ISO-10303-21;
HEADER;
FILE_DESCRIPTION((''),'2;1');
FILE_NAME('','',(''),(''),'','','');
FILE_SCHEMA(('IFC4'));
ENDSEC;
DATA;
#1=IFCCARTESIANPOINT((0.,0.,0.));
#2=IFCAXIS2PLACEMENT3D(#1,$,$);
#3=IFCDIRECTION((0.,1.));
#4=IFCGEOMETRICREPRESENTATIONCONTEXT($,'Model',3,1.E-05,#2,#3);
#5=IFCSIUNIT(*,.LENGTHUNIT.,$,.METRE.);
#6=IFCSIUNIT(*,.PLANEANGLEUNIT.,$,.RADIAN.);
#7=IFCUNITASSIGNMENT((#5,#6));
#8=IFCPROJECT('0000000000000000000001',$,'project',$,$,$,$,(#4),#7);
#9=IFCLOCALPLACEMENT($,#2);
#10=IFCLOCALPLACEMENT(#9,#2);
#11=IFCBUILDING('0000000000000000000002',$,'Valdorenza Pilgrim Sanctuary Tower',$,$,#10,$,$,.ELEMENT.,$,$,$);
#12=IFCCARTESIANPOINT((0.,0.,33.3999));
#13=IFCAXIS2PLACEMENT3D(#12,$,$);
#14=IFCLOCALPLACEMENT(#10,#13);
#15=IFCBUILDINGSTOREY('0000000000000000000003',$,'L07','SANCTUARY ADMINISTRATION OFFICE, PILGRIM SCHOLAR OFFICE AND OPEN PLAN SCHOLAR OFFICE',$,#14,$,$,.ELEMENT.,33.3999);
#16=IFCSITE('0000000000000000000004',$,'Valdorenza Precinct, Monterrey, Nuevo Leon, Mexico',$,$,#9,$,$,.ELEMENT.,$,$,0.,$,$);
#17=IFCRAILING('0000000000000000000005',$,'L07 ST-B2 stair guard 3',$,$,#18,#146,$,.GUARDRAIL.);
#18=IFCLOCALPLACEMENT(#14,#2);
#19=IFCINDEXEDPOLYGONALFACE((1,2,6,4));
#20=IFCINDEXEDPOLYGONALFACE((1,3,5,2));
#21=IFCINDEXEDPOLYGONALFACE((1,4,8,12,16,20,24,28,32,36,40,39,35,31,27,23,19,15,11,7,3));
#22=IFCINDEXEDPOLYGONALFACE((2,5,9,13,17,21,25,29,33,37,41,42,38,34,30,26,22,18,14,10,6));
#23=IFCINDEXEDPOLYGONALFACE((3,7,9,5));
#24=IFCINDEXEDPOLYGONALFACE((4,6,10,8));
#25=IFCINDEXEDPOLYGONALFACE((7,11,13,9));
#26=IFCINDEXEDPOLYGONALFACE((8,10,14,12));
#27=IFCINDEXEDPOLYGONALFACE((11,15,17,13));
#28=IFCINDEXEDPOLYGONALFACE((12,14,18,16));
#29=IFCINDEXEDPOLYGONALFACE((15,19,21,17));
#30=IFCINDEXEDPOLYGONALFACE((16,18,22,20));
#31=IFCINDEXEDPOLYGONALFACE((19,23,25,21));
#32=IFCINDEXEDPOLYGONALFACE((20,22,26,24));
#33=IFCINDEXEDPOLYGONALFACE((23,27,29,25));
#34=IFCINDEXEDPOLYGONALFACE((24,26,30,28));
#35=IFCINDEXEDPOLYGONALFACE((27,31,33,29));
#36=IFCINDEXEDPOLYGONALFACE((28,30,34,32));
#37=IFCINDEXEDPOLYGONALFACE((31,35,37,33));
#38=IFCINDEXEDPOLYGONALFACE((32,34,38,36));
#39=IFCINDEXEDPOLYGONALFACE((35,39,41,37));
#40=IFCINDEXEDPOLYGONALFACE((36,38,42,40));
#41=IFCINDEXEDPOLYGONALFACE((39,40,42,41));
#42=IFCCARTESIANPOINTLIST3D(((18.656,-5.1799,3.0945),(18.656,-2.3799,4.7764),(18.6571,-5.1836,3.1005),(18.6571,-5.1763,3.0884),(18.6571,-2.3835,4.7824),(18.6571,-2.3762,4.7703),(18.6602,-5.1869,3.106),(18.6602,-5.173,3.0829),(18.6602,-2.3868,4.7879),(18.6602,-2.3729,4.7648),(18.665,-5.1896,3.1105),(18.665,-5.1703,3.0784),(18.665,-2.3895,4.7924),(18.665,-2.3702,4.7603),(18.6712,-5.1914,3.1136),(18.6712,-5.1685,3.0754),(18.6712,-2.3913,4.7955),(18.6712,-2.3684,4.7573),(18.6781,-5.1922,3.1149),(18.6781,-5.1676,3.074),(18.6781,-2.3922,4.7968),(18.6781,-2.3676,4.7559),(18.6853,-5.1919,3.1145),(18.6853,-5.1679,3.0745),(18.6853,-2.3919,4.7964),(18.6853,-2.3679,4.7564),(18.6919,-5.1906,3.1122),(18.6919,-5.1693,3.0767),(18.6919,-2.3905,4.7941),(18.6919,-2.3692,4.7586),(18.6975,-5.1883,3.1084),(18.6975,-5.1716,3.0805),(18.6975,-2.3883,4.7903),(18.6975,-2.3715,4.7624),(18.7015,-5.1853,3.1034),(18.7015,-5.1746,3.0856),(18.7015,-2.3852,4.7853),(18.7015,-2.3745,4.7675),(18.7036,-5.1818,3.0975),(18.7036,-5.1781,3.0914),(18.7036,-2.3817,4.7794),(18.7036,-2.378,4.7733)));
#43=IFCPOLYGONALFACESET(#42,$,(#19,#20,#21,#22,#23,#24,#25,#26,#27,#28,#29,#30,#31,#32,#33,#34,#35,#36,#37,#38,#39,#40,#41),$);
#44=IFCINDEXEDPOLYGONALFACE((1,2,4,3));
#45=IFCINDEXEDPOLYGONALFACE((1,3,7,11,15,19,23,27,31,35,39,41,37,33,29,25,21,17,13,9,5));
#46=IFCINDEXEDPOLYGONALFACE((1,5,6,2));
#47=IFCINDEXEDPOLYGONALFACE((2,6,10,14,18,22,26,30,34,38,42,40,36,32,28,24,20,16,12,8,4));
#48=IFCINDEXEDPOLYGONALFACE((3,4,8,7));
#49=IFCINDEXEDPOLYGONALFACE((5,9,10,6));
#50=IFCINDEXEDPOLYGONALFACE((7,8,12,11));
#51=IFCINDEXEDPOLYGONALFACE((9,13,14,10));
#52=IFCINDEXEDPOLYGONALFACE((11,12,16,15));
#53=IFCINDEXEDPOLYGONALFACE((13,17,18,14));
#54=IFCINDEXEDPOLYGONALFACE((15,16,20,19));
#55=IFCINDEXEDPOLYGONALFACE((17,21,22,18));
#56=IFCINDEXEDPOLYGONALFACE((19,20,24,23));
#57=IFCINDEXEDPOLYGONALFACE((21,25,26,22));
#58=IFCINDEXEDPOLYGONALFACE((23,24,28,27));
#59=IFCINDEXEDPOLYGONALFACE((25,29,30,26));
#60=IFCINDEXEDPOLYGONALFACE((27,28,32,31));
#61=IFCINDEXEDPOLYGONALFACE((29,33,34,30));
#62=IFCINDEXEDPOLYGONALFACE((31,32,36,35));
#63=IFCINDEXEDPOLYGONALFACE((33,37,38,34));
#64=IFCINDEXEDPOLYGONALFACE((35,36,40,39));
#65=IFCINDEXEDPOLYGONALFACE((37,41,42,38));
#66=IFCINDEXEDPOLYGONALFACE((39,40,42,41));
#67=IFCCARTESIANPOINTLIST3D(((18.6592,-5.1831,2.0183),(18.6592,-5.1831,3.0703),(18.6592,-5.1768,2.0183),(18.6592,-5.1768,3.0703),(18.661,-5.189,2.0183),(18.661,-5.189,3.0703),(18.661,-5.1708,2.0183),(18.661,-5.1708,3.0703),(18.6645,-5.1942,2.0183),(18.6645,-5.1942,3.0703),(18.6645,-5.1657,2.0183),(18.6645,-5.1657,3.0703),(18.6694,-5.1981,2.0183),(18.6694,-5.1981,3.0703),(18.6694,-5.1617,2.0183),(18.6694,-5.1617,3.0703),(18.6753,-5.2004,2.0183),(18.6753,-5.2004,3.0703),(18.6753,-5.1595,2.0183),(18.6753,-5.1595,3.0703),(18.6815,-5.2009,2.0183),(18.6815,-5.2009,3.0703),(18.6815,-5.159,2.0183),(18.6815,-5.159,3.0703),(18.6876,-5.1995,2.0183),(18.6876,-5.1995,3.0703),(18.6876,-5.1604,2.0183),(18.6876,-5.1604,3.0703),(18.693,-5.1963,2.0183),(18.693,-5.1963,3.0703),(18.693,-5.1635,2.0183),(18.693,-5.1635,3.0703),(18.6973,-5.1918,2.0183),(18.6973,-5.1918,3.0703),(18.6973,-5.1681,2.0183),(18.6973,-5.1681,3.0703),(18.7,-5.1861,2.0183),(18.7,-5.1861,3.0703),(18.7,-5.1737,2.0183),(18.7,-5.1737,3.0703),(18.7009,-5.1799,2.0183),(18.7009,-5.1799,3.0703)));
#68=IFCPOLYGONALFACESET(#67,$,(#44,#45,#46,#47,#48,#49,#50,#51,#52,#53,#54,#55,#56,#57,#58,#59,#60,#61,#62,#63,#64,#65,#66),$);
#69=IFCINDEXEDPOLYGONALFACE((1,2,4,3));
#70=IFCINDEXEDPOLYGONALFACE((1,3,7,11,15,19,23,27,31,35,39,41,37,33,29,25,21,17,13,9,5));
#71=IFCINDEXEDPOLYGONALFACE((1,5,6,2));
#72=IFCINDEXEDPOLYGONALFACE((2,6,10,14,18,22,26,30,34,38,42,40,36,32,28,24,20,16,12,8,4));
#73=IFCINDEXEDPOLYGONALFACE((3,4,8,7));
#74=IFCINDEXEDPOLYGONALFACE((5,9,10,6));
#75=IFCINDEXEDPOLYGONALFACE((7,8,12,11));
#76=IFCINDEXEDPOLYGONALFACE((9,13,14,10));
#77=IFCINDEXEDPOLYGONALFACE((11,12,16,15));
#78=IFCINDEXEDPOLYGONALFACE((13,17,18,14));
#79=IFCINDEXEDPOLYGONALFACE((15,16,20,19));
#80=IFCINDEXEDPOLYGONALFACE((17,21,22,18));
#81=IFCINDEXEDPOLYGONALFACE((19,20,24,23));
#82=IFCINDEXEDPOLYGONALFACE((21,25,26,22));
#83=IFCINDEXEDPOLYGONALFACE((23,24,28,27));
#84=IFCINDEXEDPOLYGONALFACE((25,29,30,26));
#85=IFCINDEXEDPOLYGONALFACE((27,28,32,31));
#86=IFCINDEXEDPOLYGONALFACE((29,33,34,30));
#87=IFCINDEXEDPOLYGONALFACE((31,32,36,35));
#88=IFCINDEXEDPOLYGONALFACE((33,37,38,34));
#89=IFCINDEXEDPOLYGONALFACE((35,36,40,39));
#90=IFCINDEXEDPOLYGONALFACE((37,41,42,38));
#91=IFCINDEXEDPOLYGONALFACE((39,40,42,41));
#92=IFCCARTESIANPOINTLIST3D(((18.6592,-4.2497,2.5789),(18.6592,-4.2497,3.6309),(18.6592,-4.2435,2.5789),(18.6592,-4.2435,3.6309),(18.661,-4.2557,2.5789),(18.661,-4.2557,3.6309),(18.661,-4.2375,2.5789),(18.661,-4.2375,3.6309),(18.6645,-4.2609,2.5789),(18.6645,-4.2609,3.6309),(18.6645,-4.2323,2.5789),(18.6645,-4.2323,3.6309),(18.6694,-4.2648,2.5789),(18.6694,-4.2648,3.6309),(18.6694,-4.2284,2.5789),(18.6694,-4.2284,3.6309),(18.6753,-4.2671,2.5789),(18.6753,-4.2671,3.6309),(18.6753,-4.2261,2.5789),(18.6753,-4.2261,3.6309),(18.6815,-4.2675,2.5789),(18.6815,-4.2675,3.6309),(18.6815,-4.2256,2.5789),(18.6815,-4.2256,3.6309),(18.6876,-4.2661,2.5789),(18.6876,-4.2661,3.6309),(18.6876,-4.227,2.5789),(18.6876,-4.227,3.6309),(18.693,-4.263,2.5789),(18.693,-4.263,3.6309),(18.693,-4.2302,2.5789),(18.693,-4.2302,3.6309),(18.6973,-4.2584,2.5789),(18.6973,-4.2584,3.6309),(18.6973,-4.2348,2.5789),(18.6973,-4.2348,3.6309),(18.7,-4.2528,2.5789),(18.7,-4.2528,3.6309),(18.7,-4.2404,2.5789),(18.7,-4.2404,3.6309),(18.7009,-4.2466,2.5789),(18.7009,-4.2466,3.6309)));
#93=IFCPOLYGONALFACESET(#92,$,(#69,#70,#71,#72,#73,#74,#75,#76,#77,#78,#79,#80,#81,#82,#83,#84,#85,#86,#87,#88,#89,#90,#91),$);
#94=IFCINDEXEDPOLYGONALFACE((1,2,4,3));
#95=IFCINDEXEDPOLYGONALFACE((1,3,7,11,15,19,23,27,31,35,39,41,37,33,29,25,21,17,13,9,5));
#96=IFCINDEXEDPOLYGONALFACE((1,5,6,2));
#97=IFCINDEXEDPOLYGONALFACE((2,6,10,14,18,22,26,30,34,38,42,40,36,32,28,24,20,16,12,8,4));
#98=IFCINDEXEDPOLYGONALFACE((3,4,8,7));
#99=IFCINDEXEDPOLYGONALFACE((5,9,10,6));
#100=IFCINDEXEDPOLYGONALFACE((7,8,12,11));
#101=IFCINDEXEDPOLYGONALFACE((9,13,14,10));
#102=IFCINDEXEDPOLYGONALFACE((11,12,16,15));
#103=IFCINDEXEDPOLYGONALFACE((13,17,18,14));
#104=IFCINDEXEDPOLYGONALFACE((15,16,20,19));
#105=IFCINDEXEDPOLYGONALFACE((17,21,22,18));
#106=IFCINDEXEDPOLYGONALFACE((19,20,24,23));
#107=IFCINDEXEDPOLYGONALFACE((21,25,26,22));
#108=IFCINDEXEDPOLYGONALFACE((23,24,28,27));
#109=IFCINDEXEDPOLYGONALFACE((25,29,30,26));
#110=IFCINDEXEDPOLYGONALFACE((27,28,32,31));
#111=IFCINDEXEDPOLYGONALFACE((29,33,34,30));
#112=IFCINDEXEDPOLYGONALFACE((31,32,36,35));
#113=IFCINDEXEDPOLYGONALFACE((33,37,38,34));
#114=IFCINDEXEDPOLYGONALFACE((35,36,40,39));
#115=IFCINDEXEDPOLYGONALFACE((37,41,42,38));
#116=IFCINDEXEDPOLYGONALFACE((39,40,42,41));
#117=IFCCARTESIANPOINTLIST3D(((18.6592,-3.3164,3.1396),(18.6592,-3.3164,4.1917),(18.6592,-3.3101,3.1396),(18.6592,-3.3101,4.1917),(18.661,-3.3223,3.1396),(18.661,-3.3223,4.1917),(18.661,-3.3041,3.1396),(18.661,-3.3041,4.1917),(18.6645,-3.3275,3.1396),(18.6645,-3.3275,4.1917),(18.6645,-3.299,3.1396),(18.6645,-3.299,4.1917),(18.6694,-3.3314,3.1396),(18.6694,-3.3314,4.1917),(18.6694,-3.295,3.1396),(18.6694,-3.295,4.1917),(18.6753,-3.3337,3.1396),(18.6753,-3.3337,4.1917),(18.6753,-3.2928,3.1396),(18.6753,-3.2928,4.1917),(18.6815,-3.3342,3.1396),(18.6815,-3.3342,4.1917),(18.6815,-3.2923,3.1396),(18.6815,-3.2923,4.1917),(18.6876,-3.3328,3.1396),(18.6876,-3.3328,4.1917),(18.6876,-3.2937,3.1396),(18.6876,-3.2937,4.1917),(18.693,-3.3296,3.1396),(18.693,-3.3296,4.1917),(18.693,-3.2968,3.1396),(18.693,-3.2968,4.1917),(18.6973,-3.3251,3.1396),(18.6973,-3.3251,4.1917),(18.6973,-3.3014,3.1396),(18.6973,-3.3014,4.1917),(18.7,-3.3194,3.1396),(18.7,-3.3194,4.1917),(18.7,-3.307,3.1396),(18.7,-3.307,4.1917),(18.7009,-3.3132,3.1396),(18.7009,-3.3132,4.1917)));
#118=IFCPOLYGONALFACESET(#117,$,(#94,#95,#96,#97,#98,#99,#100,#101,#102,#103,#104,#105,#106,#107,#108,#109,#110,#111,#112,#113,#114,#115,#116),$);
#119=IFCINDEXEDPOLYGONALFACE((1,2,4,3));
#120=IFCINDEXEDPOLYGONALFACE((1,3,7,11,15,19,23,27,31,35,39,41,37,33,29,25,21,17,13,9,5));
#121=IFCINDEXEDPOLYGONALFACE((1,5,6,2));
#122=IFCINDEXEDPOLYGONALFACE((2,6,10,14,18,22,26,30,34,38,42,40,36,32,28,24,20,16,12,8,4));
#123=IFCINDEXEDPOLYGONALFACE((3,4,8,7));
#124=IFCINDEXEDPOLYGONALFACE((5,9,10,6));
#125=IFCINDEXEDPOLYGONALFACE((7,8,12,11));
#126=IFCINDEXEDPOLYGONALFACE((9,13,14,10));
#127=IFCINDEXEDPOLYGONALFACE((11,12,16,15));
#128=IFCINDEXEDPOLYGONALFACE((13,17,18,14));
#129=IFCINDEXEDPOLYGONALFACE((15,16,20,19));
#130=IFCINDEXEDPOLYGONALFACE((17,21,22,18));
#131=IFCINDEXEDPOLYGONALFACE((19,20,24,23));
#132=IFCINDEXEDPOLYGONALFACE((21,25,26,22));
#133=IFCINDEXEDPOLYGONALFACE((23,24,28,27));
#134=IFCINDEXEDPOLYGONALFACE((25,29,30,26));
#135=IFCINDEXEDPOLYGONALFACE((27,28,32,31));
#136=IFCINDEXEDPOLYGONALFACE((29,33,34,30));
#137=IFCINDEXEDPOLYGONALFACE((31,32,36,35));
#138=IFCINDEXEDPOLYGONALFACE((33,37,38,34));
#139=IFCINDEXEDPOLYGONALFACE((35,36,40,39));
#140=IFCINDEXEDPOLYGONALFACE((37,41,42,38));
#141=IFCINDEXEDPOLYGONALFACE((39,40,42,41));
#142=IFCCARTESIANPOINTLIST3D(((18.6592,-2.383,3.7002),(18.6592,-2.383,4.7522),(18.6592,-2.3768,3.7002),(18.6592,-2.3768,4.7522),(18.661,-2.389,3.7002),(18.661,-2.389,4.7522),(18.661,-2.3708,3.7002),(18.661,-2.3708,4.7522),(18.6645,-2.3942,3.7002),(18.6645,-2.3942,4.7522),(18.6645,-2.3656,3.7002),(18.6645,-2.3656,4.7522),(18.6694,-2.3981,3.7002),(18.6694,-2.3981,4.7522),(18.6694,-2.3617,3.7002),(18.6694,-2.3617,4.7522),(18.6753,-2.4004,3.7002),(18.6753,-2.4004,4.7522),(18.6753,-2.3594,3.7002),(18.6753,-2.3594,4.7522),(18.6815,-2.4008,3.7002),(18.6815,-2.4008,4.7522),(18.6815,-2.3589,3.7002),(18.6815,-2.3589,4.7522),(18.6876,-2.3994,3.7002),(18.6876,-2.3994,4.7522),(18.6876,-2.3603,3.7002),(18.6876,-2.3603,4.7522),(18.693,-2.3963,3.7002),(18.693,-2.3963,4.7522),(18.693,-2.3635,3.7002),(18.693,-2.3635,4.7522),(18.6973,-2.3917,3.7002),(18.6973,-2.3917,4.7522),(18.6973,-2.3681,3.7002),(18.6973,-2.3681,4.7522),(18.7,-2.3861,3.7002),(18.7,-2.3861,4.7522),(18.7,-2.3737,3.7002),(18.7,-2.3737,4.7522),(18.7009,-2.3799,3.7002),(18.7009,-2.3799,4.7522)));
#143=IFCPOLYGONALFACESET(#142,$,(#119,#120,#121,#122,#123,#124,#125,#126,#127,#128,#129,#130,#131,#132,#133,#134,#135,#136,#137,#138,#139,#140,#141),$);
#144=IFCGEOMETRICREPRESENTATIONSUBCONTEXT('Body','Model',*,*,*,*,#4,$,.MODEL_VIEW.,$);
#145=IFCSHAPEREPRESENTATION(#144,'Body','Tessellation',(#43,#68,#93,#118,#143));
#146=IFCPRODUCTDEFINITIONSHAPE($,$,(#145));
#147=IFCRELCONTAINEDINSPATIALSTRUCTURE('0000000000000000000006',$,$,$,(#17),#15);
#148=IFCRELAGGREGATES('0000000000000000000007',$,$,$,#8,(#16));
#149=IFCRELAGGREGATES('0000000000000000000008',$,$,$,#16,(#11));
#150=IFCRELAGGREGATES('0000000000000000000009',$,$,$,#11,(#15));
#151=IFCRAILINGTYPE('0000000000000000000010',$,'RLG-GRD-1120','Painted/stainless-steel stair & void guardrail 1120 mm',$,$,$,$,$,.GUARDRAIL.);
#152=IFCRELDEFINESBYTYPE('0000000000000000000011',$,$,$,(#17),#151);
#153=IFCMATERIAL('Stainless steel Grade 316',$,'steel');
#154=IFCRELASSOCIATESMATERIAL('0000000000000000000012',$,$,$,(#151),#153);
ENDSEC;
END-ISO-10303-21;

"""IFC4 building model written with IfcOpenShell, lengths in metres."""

from ifc_helpers import new_model, si_unit, direction, frame, origin, origin_2d, place, context, subcontext, project, spatial, circle, extrude, material, type_object, element, save


model = new_model("IFC4")

# Units and contexts
model_context = context("Model", 3, precision=1e-05, world=origin(), true_north=direction((0.0, 1.0)))
body_context = subcontext(model_context, "Body", "Model", "MODEL_VIEW")
ifc_project = project(units=[si_unit("LENGTHUNIT", "METRE"), si_unit("PLANEANGLEUNIT", "RADIAN")], contexts=[model_context])

# Site, building, storey
site_placement = place(None, origin())
site = spatial("IfcSite", under=ifc_project, at=site_placement, Name="Valdorenza Precinct, Monterrey, Nuevo Leon, Mexico", CompositionType="ELEMENT", RefElevation=0.0)
building_placement = place(site_placement, origin())
building = spatial("IfcBuilding", under=site, at=building_placement, Name="Valdorenza Pilgrim Sanctuary Tower", CompositionType="ELEMENT")
storey_placement = place(building_placement, frame((0.0, 0.0, 33.3999)))
storey = spatial("IfcBuildingStorey", under=building, at=storey_placement, Name="L07", Description="SANCTUARY ADMINISTRATION OFFICE, PILGRIM SCHOLAR OFFICE AND OPEN PLAN SCHOLAR OFFICE", CompositionType="ELEMENT", Elevation=33.3999)

# Railing
ifc_material_1 = material(Name="Stainless steel Grade 316", Category="steel")
railing_type_1 = type_object("IfcRailingType", Name="RLG-GRD-1120", Description="Painted/stainless-steel stair & void guardrail 1120 mm", PredefinedType="GUARDRAIL", material=ifc_material_1)
railing_1_placement = place(storey_placement, frame((18.6799, -5.1799, 2.0183)))
element("IfcRailing", 1, at=railing_1_placement, inside=storey, type_object=railing_type_1, Name="L07 ST-B2 stair guard 3", PredefinedType="GUARDRAIL", context=body_context, shape_type="SweptSolid", body=[
    extrude(circle(Radius=0.0239, at=origin_2d()), frame((0.0, 0.0, 1.0762), z_axis=(0.0, 0.857242, 0.514913), x_axis=(-1.0, 0.0, 0.0)), (0.0, 0.0, 1.0), 3.2664),
    extrude(circle(Radius=0.021, at=origin_2d()), origin(), (0.0, 0.0, 1.0), 1.052),
    extrude(circle(Radius=0.021, at=origin_2d()), frame((0.0, 0.9333, 0.5605)), (0.0, 0.0, 1.0), 1.052),
    extrude(circle(Radius=0.021, at=origin_2d()), frame((0.0, 1.8667, 1.1213)), (0.0, 0.0, 1.0), 1.052),
    extrude(circle(Radius=0.021, at=origin_2d()), frame((0.0, 2.8, 1.6819)), (0.0, 0.0, 1.0), 1.052),
])

save(model, "model.ifc")
